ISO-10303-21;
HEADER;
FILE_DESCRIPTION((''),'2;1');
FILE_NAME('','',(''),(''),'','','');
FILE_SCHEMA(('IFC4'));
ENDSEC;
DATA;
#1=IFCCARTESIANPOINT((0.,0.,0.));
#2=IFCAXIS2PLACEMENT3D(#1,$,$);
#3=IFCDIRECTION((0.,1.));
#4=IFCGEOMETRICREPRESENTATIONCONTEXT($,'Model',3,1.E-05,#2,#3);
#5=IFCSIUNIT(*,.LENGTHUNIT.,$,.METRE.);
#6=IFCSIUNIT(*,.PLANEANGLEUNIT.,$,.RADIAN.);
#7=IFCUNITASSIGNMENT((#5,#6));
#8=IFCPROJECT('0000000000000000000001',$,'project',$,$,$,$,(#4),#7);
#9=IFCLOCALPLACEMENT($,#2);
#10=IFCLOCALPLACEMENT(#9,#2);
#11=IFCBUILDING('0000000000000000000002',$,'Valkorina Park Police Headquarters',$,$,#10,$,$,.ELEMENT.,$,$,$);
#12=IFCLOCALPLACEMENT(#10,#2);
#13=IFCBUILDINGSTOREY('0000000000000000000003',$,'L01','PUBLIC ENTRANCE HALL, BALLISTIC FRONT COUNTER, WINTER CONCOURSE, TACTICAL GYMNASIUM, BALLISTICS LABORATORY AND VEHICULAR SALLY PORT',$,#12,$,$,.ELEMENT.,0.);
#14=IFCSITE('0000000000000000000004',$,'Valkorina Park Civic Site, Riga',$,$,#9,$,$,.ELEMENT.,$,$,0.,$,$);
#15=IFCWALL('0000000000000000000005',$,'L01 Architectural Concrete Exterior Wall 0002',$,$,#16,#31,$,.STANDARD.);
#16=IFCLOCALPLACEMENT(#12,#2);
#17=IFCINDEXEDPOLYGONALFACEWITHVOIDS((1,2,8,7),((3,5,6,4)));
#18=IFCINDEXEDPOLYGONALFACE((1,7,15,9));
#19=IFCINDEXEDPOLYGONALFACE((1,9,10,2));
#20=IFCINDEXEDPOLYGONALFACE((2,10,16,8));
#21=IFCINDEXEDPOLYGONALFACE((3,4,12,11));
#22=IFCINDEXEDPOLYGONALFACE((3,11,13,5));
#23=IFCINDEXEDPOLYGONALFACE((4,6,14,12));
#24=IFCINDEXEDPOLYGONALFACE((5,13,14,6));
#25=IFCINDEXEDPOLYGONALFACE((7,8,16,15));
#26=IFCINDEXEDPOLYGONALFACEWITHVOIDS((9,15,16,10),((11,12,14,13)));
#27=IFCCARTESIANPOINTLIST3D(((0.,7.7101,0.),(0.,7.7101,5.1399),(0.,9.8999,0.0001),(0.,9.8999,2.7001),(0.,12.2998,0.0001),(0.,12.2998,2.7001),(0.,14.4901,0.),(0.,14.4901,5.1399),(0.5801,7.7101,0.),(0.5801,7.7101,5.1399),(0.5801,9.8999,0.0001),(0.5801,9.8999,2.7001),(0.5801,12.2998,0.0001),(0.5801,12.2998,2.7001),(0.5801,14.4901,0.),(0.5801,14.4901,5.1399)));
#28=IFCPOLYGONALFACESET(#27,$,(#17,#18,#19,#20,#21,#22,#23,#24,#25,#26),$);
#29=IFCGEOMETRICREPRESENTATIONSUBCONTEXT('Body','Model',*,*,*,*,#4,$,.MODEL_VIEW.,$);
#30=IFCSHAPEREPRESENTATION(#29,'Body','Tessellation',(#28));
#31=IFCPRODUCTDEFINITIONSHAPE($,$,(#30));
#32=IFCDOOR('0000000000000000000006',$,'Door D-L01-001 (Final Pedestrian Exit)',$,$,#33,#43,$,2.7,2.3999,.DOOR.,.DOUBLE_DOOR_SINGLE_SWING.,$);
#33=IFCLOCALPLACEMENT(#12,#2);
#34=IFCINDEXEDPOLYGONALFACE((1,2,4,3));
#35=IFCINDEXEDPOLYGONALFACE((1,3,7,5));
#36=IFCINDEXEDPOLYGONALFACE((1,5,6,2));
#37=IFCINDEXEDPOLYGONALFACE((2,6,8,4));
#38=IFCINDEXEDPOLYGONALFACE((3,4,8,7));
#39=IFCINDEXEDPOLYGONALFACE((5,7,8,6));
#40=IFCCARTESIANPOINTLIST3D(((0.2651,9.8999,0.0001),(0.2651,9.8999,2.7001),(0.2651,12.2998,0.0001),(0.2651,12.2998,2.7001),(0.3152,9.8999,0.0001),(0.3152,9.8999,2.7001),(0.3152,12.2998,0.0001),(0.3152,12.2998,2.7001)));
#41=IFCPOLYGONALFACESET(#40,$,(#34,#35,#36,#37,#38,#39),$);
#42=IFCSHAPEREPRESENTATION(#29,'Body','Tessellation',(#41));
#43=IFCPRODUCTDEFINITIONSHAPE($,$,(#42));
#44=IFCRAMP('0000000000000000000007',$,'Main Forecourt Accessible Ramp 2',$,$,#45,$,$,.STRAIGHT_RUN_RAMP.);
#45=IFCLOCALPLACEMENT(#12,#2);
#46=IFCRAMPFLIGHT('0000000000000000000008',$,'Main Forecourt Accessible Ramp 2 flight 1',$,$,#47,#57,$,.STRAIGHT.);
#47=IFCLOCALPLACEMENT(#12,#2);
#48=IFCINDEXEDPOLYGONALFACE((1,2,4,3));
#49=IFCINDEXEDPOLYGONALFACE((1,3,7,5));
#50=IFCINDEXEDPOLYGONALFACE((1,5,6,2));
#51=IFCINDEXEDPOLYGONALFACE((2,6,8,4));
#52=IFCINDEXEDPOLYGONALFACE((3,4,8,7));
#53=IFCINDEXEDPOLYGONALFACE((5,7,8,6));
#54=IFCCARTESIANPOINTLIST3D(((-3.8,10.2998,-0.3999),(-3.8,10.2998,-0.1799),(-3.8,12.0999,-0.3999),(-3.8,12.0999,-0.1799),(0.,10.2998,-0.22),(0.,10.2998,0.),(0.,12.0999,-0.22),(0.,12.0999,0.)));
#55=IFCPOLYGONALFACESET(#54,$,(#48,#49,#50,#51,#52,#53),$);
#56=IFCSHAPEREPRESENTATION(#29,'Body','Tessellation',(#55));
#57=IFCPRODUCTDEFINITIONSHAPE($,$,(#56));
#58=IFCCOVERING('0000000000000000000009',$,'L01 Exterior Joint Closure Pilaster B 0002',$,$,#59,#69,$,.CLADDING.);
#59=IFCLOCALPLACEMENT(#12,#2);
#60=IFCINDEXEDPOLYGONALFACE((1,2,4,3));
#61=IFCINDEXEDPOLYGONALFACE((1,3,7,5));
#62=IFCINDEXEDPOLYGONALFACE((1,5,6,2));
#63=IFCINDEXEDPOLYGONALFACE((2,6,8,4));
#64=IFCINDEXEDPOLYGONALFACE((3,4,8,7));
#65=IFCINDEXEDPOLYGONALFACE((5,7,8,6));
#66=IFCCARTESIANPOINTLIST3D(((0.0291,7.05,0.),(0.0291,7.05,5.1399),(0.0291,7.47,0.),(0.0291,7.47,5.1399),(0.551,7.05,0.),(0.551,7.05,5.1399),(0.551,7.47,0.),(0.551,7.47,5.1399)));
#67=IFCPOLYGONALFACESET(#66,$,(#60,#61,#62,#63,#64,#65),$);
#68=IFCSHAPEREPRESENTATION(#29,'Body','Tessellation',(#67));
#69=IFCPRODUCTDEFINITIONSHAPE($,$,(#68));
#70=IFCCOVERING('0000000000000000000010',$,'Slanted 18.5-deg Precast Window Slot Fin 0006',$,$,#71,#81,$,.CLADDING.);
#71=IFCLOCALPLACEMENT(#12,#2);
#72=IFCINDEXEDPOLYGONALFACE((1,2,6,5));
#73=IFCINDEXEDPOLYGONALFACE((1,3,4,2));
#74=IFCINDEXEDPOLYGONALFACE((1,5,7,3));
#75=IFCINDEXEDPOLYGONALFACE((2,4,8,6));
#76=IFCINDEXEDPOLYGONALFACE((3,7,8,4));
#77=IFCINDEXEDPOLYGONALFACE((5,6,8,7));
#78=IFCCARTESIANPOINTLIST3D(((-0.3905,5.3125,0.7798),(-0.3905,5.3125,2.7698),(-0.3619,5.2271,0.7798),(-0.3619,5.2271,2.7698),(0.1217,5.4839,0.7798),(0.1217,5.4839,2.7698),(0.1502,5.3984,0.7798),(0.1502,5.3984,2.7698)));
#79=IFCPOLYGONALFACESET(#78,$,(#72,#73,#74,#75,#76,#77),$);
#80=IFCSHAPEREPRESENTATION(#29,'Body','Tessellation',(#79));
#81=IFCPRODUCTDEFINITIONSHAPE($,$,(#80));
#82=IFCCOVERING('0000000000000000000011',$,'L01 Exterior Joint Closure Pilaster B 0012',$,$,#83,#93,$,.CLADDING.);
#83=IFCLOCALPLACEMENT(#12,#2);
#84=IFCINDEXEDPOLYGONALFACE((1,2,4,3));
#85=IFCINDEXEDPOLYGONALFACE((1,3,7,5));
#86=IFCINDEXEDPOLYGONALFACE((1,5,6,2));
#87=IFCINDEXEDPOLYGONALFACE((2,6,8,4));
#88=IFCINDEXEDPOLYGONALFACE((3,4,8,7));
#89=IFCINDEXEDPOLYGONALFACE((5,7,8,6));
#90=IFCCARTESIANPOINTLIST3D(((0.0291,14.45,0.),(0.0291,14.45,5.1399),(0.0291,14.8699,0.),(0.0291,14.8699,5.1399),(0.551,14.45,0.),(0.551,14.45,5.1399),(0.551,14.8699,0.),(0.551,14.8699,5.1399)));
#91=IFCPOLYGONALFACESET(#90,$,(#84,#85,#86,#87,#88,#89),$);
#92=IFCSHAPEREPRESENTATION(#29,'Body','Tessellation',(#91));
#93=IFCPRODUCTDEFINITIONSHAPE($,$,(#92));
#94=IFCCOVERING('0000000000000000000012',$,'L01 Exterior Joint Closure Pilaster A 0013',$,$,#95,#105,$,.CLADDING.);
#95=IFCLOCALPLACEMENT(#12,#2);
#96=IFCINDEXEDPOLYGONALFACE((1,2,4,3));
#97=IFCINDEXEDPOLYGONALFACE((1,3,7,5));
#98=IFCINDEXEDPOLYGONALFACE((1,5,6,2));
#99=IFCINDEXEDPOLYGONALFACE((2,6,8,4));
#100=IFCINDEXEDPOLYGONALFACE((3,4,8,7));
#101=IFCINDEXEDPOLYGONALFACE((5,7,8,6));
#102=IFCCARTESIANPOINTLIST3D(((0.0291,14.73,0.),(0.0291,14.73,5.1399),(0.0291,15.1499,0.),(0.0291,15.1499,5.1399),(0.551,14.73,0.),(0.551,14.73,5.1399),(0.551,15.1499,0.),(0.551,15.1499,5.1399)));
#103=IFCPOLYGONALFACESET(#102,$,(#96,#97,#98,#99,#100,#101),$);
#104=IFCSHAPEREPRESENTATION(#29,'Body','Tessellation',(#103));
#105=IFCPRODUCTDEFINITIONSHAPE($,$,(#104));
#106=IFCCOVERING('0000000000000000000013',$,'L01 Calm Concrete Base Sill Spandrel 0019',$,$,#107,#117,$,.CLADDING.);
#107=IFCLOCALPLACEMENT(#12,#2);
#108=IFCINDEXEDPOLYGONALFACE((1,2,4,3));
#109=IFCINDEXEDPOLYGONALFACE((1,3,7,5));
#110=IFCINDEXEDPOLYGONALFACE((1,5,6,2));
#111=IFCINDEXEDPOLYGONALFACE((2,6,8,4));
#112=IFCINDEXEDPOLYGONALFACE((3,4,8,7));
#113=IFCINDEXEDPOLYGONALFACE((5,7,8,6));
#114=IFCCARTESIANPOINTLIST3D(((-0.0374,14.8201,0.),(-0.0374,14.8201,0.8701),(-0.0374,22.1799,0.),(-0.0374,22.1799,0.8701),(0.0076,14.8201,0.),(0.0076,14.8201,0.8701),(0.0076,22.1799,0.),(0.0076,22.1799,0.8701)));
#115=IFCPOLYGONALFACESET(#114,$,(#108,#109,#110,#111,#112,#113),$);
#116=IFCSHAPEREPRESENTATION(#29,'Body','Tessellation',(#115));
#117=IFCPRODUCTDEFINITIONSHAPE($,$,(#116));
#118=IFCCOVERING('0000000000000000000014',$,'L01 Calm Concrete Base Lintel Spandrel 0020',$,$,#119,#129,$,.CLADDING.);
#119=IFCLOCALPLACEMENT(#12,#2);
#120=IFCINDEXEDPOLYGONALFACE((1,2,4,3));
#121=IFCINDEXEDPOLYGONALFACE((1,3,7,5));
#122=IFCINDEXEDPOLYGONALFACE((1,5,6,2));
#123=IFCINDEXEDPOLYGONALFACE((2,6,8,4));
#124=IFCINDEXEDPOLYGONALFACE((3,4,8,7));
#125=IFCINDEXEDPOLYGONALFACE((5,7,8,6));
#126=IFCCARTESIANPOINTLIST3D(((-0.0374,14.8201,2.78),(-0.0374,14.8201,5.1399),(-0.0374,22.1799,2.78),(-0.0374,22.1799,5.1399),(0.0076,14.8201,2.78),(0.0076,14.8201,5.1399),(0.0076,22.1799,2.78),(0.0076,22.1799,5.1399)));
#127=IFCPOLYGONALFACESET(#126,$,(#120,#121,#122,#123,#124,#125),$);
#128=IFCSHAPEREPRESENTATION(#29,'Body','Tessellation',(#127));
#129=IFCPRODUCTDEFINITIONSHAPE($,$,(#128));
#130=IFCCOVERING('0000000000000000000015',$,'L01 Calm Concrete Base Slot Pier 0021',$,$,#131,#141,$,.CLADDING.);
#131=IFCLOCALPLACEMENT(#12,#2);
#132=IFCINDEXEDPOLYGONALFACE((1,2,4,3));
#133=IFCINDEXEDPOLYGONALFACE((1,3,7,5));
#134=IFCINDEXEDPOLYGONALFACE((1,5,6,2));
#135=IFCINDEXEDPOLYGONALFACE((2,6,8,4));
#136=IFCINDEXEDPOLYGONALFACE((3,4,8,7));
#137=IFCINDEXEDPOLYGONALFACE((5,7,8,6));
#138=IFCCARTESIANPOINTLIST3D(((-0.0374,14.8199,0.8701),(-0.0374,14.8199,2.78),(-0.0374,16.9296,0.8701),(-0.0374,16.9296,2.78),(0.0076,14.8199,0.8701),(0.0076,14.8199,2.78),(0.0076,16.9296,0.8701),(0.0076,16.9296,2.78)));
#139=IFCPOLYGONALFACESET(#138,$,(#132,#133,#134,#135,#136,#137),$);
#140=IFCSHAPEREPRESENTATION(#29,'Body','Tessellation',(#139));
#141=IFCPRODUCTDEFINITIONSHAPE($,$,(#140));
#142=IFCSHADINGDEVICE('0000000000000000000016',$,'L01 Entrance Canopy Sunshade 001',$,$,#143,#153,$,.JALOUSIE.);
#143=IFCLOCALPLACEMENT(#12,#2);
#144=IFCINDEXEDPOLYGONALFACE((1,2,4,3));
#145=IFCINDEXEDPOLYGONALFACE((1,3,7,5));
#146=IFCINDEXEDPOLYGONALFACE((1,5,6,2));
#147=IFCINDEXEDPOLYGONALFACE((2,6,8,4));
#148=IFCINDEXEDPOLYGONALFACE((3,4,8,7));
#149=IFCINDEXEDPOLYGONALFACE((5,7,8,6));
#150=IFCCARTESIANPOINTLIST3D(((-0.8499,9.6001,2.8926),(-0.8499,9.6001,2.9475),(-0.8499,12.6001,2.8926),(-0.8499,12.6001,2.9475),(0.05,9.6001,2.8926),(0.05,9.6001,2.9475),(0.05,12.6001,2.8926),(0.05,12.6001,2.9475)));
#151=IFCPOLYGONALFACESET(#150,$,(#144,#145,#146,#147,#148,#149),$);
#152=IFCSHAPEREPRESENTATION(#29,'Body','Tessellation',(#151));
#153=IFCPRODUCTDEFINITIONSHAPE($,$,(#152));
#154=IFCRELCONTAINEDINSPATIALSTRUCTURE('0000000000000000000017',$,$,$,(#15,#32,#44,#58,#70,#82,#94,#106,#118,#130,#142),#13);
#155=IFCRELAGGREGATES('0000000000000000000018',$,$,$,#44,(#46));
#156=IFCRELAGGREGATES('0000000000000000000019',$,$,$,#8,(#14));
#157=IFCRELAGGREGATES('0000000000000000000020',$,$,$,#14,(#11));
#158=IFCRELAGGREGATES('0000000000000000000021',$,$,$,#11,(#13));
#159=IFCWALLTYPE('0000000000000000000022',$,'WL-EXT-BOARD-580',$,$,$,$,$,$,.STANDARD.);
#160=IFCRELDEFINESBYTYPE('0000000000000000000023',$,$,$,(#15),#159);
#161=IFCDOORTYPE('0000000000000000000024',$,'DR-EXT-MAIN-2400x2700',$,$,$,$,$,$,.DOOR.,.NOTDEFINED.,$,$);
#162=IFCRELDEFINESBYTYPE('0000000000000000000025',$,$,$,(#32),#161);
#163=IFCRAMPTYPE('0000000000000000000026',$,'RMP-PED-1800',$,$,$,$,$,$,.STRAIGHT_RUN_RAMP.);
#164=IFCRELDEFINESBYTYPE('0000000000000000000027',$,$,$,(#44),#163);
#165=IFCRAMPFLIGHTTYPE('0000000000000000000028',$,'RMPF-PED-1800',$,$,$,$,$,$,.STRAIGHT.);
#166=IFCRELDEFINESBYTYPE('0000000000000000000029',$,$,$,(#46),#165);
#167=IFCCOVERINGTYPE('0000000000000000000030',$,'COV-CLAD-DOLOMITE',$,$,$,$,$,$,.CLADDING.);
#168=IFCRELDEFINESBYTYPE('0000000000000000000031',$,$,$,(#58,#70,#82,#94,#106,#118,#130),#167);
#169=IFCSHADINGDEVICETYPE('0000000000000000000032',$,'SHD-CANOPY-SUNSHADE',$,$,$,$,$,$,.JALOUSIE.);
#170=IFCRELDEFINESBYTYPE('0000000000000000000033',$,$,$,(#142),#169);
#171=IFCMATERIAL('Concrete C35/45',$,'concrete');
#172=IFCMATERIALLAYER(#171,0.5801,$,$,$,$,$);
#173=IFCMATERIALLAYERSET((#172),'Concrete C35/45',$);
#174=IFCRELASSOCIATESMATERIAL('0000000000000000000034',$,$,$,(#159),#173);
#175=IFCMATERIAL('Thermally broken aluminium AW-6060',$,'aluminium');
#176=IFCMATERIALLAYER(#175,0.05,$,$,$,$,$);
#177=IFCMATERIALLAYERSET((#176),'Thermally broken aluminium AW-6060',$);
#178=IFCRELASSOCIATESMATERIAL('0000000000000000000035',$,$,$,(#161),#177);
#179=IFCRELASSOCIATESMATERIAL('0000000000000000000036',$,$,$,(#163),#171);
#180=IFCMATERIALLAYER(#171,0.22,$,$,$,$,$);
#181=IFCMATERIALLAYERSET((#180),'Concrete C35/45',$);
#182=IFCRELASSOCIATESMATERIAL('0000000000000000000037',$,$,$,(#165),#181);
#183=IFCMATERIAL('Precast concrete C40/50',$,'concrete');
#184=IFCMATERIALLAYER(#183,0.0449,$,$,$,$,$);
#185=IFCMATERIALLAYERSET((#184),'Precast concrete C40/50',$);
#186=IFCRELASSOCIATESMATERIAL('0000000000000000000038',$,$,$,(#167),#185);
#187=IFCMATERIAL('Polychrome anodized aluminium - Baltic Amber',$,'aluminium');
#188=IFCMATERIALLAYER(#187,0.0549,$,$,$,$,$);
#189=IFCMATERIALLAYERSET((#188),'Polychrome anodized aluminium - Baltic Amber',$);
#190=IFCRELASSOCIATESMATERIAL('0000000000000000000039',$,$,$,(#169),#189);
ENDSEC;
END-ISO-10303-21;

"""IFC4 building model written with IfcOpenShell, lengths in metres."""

from ifc_helpers import new_model, si_unit, direction, frame, frame_2d, origin, origin_2d, place, context, subcontext, project, spatial, polyline, rectangle, outline, extrude, material, layer, layer_set, type_object, element, fill, aggregate, save


model = new_model("IFC4")

# Units and contexts
model_context = context("Model", 3, precision=1e-05, world=origin(), true_north=direction((0.0, 1.0)))
body_context = subcontext(model_context, "Body", "Model", "MODEL_VIEW")
ifc_project = project(units=[si_unit("LENGTHUNIT", "METRE"), si_unit("PLANEANGLEUNIT", "RADIAN")], contexts=[model_context])

# Site, building, storey
site_placement = place(None, origin())
site = spatial("IfcSite", under=ifc_project, at=site_placement, Name="Valkorina Park Civic Site, Riga", CompositionType="ELEMENT", RefElevation=0.0)
building_placement = place(site_placement, origin())
building = spatial("IfcBuilding", under=site, at=building_placement, Name="Valkorina Park Police Headquarters", CompositionType="ELEMENT")
storey_placement = place(building_placement, origin())
storey = spatial("IfcBuildingStorey", under=building, at=storey_placement, Name="L01", Description="PUBLIC ENTRANCE HALL, BALLISTIC FRONT COUNTER, WINTER CONCOURSE, TACTICAL GYMNASIUM, BALLISTICS LABORATORY AND VEHICULAR SALLY PORT", CompositionType="ELEMENT", Elevation=0.0)

# Wall, opening, door
ifc_material_1 = material(Name="Concrete C35/45", Category="concrete")
ifc_layer_1 = layer(ifc_material_1, 0.5801)
ifc_layer_set_1 = layer_set([ifc_layer_1], Name="Concrete C35/45")
wall_type = type_object("IfcWallType", Name="WL-EXT-BOARD-580", PredefinedType="STANDARD", material=ifc_layer_set_1)
wall_placement = place(storey_placement, frame((0.29, 7.71, 0.0), z_axis=(0.0, 0.0, 1.0), x_axis=(0.0, 1.0, 0.0)))
wall = element("IfcWall", 1, at=wall_placement, inside=storey, type_object=wall_type, Name="L01 Architectural Concrete Exterior Wall 0002", PredefinedType="STANDARD", context=body_context, shape_type="SweptSolid", body=[
    extrude(rectangle(XDim=6.78, YDim=0.5801, at=frame_2d((3.3901, 0.0))), origin(), (0.0, 0.0, 1.0), 5.1399),
])
opening_placement = place(wall_placement, frame((2.1899, 0.0, 0.0)))
opening = element("IfcOpeningElement", 2, at=opening_placement, cuts=wall, PredefinedType="OPENING", context=body_context, shape_type="SweptSolid", body=[
    extrude(rectangle(XDim=2.3999, YDim=2.7, at=frame_2d((1.2, 1.3501))), frame((0.0, 0.3, 0.0), z_axis=(0.0, -1.0, 0.0), x_axis=(1.0, 0.0, 0.0)), (0.0, 0.0, 1.0), 0.6001),
])
ifc_material_2 = material(Name="Thermally broken aluminium AW-6060", Category="aluminium")
ifc_layer_2 = layer(ifc_material_2, 0.05)
ifc_layer_set_2 = layer_set([ifc_layer_2], Name="Thermally broken aluminium AW-6060")
door_type = type_object("IfcDoorType", Name="DR-EXT-MAIN-2400x2700", OperationType="NOTDEFINED", PredefinedType="DOOR", material=ifc_layer_set_2)
door_placement = place(opening_placement, origin())
door = element("IfcDoor", 3, at=door_placement, inside=storey, type_object=door_type, Name="Door D-L01-001 (Final Pedestrian Exit)", OperationType="DOUBLE_DOOR_SINGLE_SWING", OverallHeight=2.7, OverallWidth=2.3999, PredefinedType="DOOR", context=body_context, shape_type="SweptSolid", body=[
    extrude(rectangle(XDim=2.3999, YDim=2.7, at=frame_2d((1.2, 1.3501))), frame((0.0, 0.0249, 0.0), z_axis=(0.0, -1.0, 0.0), x_axis=(1.0, 0.0, 0.0)), (0.0, 0.0, 1.0), 0.05),
])
fill(opening, door)

# Ramp, ramp flight
ramp_type = type_object("IfcRampType", Name="RMP-PED-1800", PredefinedType="STRAIGHT_RUN_RAMP", material=ifc_material_1)
ramp_placement = place(storey_placement, origin())
ramp = element("IfcRamp", 4, at=ramp_placement, inside=storey, type_object=ramp_type, Name="Main Forecourt Accessible Ramp 2", PredefinedType="STRAIGHT_RUN_RAMP")
ifc_layer_3 = layer(ifc_material_1, 0.22)
ifc_layer_set_3 = layer_set([ifc_layer_3], Name="Concrete C35/45")
ramp_flight_type = type_object("IfcRampFlightType", Name="RMPF-PED-1800", PredefinedType="STRAIGHT", material=ifc_layer_set_3)
ramp_flight_placement = place(storey_placement, frame((-3.8, 11.2, -0.1799), z_axis=(0.0, 0.0, 1.0), x_axis=(1.0, 0.0, 0.0)))
ramp_flight = element("IfcRampFlight", 5, at=ramp_flight_placement, type_object=ramp_flight_type, Name="Main Forecourt Accessible Ramp 2 flight 1", PredefinedType="STRAIGHT", context=body_context, shape_type="SweptSolid", body=[
    extrude(outline(polyline([(0.0, 0.0), (3.8, 0.1799), (3.8, -0.04), (0.0, -0.22), (0.0, 0.0)])), frame((0.0, 0.8999, 0.0), z_axis=(0.0, -1.0, 0.0), x_axis=(1.0, 0.0, 0.0)), (0.0, 0.0, 1.0), 1.8),
])
aggregate(ramp, [ramp_flight])

# Coverings
ifc_material_3 = material(Name="Precast concrete C40/50", Category="concrete")
ifc_layer_4 = layer(ifc_material_3, 0.0449)
ifc_layer_set_4 = layer_set([ifc_layer_4], Name="Precast concrete C40/50")
covering_type = type_object("IfcCoveringType", Name="COV-CLAD-DOLOMITE", PredefinedType="CLADDING", material=ifc_layer_set_4)
covering_1_placement = place(storey_placement, frame((0.29, 7.26, 0.0), z_axis=(0.0, 0.0, 1.0), x_axis=(0.0, 1.0, 0.0)))
element("IfcCovering", 6, at=covering_1_placement, inside=storey, type_object=covering_type, Name="L01 Exterior Joint Closure Pilaster B 0002", PredefinedType="CLADDING", context=body_context, shape_type="SweptSolid", body=[
    extrude(rectangle(XDim=0.4199, YDim=0.522, at=origin_2d()), origin(), (0.0, 0.0, 1.0), 5.1399),
])
covering_2_placement = place(storey_placement, frame((-0.1201, 5.3555, 0.7798), z_axis=(0.0, 0.0, 1.0), x_axis=(-0.948324, -0.317305, 0.0)))
element("IfcCovering", 7, at=covering_2_placement, inside=storey, type_object=covering_type, Name="Slanted 18.5-deg Precast Window Slot Fin 0006", PredefinedType="CLADDING", context=body_context, shape_type="SweptSolid", body=[
    extrude(rectangle(XDim=0.54, YDim=0.0901, at=origin_2d()), origin(), (0.0, 0.0, 1.0), 1.99),
])
for number, where, z_axis, x_axis, name in (
    (8, (0.29, 14.6599, 0.0), (0.0, 0.0, 1.0), (0.0, 1.0, 0.0), "L01 Exterior Joint Closure Pilaster B 0012"),
    (9, (0.29, 14.9399, 0.0), (0.0, 0.0, 1.0), (0.0, 1.0, 0.0), "L01 Exterior Joint Closure Pilaster A 0013"),
):
    element("IfcCovering", number, at=place(storey_placement, frame(where, z_axis=z_axis, x_axis=x_axis)), inside=storey, type_object=covering_type, Name=name, PredefinedType="CLADDING", context=body_context, shape_type="SweptSolid", body=[
        extrude(rectangle(XDim=0.4199, YDim=0.522, at=origin_2d()), origin(), (0.0, 0.0, 1.0), 5.1399),
    ])
covering_3_placement = place(storey_placement, frame((-0.0149, 14.8201, 0.0), z_axis=(0.0, 0.0, 1.0), x_axis=(0.0, 1.0, 0.0)))
element("IfcCovering", 10, at=covering_3_placement, inside=storey, type_object=covering_type, Name="L01 Calm Concrete Base Sill Spandrel 0019", PredefinedType="CLADDING", context=body_context, shape_type="SweptSolid", body=[
    extrude(rectangle(XDim=7.3599, YDim=0.0449, at=frame_2d((3.6799, 0.0))), origin(), (0.0, 0.0, 1.0), 0.8701),
])
covering_4_placement = place(storey_placement, frame((-0.0149, 14.8201, 2.78), z_axis=(0.0, 0.0, 1.0), x_axis=(0.0, 1.0, 0.0)))
element("IfcCovering", 11, at=covering_4_placement, inside=storey, type_object=covering_type, Name="L01 Calm Concrete Base Lintel Spandrel 0020", PredefinedType="CLADDING", context=body_context, shape_type="SweptSolid", body=[
    extrude(rectangle(XDim=7.3599, YDim=0.0449, at=frame_2d((3.6799, 0.0))), origin(), (0.0, 0.0, 1.0), 2.3599),
])
covering_5_placement = place(storey_placement, frame((-0.0149, 14.8201, 0.8701), z_axis=(0.0, 0.0, 1.0), x_axis=(0.0, 1.0, 0.0)))
element("IfcCovering", 12, at=covering_5_placement, inside=storey, type_object=covering_type, Name="L01 Calm Concrete Base Slot Pier 0021", PredefinedType="CLADDING", context=body_context, shape_type="SweptSolid", body=[
    extrude(rectangle(XDim=2.1096, YDim=0.0449, at=frame_2d((1.0547, 0.0))), origin(), (0.0, 0.0, 1.0), 1.9099),
])

# Shading device
ifc_material_4 = material(Name="Polychrome anodized aluminium - Baltic Amber", Category="aluminium")
ifc_layer_5 = layer(ifc_material_4, 0.0549)
ifc_layer_set_5 = layer_set([ifc_layer_5], Name="Polychrome anodized aluminium - Baltic Amber")
shading_device_type = type_object("IfcShadingDeviceType", Name="SHD-CANOPY-SUNSHADE", PredefinedType="JALOUSIE", material=ifc_layer_set_5)
shading_device_placement = place(storey_placement, frame((-0.3999, 11.1001, 2.8926), z_axis=(0.0, 0.0, 1.0), x_axis=(0.0, 1.0, 0.0)))
element("IfcShadingDevice", 13, at=shading_device_placement, inside=storey, type_object=shading_device_type, Name="L01 Entrance Canopy Sunshade 001", PredefinedType="JALOUSIE", context=body_context, shape_type="SweptSolid", body=[
    extrude(rectangle(XDim=3.0, YDim=0.8999, at=origin_2d()), origin(), (0.0, 0.0, 1.0), 0.0549),
])

save(model, "model.ifc")
